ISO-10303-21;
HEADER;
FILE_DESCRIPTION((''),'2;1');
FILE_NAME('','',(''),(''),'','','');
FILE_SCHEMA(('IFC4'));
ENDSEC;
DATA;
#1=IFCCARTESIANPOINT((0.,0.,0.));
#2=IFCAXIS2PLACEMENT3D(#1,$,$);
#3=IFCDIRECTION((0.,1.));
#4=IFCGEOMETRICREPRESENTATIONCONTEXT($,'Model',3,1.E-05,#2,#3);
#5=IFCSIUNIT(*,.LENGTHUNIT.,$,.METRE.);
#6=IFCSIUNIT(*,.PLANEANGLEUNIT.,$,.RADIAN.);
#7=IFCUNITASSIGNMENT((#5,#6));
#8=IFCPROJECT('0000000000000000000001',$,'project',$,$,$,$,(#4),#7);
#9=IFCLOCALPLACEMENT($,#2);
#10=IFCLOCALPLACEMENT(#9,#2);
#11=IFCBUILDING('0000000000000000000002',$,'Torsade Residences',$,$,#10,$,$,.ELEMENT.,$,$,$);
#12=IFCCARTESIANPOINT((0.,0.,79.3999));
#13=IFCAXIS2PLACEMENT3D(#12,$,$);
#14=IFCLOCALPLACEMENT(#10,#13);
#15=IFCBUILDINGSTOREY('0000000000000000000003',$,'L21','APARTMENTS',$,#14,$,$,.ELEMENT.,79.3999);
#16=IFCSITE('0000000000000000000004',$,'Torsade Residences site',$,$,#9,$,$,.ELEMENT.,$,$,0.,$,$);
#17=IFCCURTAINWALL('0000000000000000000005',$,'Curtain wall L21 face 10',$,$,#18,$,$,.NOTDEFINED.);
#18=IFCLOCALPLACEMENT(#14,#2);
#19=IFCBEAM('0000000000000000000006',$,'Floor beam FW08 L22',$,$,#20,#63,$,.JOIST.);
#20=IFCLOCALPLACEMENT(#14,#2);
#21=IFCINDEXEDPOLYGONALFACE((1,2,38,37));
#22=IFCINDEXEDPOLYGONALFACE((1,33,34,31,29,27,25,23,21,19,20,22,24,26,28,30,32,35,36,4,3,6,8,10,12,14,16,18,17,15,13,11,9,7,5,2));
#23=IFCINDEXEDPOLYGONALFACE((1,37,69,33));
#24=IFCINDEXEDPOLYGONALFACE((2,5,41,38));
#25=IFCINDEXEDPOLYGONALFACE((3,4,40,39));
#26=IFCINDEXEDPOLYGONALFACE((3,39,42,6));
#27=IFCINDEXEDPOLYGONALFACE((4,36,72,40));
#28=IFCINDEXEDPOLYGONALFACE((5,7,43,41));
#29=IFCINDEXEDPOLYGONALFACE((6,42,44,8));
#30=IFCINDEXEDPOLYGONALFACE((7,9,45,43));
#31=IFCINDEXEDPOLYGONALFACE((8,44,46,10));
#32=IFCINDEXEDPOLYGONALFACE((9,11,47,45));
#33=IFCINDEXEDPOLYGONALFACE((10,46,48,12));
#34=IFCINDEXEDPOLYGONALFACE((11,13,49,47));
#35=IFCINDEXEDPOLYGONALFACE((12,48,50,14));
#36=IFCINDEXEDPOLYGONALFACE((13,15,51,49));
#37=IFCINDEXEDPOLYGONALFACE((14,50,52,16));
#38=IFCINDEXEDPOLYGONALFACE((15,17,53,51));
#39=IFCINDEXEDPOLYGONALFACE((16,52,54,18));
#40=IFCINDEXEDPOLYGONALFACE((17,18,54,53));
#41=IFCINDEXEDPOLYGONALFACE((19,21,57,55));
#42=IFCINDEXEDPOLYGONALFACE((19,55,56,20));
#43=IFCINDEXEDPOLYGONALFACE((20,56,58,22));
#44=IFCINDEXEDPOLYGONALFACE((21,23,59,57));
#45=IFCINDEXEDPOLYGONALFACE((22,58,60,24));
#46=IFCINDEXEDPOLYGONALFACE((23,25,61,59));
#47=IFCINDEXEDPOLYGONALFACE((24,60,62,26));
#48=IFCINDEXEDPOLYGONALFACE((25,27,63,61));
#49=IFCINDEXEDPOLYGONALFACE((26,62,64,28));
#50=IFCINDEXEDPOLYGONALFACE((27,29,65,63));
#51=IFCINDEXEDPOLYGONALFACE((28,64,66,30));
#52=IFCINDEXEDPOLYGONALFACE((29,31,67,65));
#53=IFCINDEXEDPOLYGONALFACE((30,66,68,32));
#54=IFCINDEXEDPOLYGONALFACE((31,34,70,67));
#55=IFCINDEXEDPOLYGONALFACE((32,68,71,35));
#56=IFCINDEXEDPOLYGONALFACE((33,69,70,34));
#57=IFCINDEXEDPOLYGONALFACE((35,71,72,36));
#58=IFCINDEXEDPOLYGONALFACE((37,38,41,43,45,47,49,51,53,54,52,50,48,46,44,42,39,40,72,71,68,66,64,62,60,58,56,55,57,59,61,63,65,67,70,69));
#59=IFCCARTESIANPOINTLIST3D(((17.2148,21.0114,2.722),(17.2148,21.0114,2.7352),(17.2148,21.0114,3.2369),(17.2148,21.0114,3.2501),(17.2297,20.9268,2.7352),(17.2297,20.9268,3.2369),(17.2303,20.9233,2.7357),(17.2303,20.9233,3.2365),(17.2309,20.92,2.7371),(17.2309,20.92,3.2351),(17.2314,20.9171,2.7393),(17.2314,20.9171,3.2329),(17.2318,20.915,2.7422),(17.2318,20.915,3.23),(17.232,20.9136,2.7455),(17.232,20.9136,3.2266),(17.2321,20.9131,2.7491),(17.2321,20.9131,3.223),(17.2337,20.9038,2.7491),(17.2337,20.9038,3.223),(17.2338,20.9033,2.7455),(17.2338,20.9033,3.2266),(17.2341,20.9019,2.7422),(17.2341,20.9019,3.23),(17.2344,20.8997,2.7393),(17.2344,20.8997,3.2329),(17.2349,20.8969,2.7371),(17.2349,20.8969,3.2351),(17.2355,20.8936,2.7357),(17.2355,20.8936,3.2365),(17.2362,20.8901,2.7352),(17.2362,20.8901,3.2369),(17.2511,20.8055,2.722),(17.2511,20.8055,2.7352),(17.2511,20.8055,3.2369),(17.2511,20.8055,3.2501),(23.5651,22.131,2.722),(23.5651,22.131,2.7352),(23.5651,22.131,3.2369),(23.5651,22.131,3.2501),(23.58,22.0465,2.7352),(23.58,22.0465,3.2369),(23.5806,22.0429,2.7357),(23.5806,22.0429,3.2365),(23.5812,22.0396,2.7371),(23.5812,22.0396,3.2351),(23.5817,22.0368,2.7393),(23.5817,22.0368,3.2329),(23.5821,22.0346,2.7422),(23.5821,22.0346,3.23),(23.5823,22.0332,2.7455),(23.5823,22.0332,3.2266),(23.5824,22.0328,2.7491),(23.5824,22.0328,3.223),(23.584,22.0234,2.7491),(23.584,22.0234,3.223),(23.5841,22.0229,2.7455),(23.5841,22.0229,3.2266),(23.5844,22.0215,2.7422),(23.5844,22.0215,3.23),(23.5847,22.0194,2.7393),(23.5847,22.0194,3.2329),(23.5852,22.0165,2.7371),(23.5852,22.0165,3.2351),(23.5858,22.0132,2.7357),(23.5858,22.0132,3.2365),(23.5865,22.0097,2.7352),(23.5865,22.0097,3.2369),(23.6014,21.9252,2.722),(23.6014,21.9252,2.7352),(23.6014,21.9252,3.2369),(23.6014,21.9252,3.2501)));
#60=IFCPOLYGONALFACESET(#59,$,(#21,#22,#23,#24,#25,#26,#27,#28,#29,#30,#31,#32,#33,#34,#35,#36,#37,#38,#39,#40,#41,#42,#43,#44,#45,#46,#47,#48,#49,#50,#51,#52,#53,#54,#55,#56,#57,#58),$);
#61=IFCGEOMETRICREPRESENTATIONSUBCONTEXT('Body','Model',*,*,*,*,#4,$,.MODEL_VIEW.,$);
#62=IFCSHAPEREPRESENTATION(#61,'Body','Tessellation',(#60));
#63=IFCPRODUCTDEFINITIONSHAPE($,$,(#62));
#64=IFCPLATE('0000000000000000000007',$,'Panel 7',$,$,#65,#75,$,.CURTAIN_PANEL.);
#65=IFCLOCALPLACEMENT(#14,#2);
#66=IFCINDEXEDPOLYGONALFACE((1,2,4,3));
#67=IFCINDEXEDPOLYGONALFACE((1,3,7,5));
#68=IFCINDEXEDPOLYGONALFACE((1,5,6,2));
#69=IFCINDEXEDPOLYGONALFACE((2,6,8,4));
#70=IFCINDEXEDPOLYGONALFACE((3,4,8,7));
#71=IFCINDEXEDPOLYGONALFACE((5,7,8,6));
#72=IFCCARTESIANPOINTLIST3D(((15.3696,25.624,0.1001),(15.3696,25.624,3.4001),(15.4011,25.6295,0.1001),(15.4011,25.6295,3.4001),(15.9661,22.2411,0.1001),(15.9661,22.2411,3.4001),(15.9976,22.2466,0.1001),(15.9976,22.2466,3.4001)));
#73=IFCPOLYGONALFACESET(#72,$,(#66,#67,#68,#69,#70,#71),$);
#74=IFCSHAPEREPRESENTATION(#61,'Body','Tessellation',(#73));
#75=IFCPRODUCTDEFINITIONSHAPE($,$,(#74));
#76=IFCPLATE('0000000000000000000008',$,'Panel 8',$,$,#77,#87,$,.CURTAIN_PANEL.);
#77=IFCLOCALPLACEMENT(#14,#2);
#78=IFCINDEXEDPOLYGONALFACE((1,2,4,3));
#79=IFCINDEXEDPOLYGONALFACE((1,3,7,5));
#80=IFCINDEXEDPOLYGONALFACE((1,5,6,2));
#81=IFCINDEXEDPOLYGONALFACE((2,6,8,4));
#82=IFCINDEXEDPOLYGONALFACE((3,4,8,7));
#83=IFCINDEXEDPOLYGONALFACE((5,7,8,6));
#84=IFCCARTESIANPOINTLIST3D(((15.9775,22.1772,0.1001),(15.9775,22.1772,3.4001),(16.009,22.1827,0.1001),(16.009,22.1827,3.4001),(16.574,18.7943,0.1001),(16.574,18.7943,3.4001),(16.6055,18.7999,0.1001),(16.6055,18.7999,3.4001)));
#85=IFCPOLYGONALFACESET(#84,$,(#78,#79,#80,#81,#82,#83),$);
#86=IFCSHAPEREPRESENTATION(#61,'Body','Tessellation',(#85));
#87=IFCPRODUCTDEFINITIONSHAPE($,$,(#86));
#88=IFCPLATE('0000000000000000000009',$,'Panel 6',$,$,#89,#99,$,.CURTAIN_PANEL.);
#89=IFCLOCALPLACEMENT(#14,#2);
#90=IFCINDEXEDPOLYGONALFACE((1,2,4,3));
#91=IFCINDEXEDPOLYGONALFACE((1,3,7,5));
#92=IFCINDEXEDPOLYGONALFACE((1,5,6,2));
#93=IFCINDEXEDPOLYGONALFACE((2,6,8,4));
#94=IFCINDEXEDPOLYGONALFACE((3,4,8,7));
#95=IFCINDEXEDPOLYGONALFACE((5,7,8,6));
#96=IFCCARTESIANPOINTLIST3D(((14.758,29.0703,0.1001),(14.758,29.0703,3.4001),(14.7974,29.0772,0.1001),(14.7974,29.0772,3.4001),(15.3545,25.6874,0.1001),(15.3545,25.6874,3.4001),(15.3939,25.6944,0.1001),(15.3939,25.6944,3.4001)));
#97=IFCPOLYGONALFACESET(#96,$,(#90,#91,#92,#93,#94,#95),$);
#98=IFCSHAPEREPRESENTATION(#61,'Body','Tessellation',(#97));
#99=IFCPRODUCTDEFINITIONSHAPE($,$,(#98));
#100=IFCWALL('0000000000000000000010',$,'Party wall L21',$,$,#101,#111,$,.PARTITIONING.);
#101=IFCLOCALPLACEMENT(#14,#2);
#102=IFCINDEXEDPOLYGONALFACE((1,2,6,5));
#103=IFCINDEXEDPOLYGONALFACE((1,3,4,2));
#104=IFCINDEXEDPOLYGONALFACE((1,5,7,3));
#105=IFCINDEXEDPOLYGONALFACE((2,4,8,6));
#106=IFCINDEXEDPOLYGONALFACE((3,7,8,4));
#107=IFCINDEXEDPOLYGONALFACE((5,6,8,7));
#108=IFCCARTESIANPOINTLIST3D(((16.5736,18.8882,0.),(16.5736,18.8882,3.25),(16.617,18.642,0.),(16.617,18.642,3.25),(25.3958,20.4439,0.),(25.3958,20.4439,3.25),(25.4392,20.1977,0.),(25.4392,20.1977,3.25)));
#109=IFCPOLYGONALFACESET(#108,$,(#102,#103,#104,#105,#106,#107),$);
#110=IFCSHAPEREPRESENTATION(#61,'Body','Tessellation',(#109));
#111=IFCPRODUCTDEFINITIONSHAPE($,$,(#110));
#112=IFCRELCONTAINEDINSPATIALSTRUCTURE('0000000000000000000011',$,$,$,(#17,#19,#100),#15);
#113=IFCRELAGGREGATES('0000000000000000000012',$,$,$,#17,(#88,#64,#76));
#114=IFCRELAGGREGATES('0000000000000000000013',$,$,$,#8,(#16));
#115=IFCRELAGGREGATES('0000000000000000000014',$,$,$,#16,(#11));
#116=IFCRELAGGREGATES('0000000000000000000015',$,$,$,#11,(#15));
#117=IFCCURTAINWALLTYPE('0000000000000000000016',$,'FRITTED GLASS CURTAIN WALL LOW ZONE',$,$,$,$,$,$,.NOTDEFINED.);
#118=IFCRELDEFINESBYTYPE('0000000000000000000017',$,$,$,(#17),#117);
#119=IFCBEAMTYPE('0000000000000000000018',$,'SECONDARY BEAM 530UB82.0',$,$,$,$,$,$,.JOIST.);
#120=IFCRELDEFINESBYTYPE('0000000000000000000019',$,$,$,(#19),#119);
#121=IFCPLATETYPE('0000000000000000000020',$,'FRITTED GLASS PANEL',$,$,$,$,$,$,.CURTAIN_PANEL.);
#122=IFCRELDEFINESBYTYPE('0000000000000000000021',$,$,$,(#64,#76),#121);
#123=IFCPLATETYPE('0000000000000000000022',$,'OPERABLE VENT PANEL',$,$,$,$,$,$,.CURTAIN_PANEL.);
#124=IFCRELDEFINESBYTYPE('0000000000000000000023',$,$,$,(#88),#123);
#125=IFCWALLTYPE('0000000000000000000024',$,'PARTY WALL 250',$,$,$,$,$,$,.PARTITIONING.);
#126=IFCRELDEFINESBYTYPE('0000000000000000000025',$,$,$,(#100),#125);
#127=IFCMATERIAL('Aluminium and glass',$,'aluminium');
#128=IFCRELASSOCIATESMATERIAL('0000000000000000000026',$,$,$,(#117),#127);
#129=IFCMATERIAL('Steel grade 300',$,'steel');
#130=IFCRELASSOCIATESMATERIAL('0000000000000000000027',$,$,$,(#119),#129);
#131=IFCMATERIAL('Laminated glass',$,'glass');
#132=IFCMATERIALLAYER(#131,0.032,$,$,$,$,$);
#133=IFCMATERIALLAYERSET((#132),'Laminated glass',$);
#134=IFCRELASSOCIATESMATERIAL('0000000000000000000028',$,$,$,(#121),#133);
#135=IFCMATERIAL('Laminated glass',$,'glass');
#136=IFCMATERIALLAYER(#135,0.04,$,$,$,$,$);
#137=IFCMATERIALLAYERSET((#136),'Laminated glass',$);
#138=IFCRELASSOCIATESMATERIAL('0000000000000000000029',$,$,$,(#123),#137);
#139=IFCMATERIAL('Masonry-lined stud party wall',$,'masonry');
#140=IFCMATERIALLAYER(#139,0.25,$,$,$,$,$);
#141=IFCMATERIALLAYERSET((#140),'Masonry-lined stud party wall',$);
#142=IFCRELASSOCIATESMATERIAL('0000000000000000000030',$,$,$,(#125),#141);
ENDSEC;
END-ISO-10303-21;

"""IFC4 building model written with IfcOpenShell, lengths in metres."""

from ifc_helpers import new_model, si_unit, direction, frame, frame_2d, origin, origin_2d, place, context, subcontext, project, spatial, rectangle, i_section, extrude, material, layer, layer_set, material_profile, profile_set, type_object, element, aggregate, save


model = new_model("IFC4")

# Units and contexts
model_context = context("Model", 3, precision=1e-05, world=origin(), true_north=direction((0.0, 1.0)))
body_context = subcontext(model_context, "Body", "Model", "MODEL_VIEW")
ifc_project = project(units=[si_unit("LENGTHUNIT", "METRE"), si_unit("PLANEANGLEUNIT", "RADIAN")], contexts=[model_context])

# Site, building, storey
site_placement = place(None, origin())
site = spatial("IfcSite", under=ifc_project, at=site_placement, Name="Torsade Residences site", CompositionType="ELEMENT", RefElevation=0.0)
building_placement = place(site_placement, origin())
building = spatial("IfcBuilding", under=site, at=building_placement, Name="Torsade Residences", CompositionType="ELEMENT")
storey_placement = place(building_placement, frame((0.0, 0.0, 79.3999)))
storey = spatial("IfcBuildingStorey", under=building, at=storey_placement, Name="L21", Description="APARTMENTS", CompositionType="ELEMENT", Elevation=79.3999)

# Curtain wall
ifc_material_1 = material(Name="Aluminium and glass", Category="aluminium")
curtain_wall_type = type_object("IfcCurtainWallType", Name="FRITTED GLASS CURTAIN WALL LOW ZONE", PredefinedType="NOTDEFINED", material=ifc_material_1)
curtain_wall_placement = place(storey_placement, origin())
curtain_wall = element("IfcCurtainWall", 1, at=curtain_wall_placement, inside=storey, type_object=curtain_wall_type, Name="Curtain wall L21 face 10", PredefinedType="NOTDEFINED")

# Beam
ifc_material_2 = material(Name="Steel grade 300", Category="steel")
ifc_material_profile_1 = material_profile(ifc_material_2, i_section(OverallWidth=0.209, OverallDepth=0.5281, WebThickness=0.0095, FlangeThickness=0.0132, FilletRadius=0.0139, at=origin_2d()), Name="530UB82.0")
ifc_profile_set_1 = profile_set([ifc_material_profile_1], Name="Steel grade 300")
beam_type_1 = type_object("IfcBeamType", Name="SECONDARY BEAM 530UB82.0", PredefinedType="JOIST", material=ifc_profile_set_1)
beam_1_placement = place(storey_placement, frame((17.2329, 20.9084, 2.9861), z_axis=(0.984811, 0.173632, 0.0), x_axis=(-0.173632, 0.984811, 0.0)))
element("IfcBeam", 2, at=beam_1_placement, inside=storey, type_object=beam_type_1, Name="Floor beam FW08 L22", PredefinedType="JOIST", context=body_context, shape_type="SweptSolid", body=[
    extrude(i_section(OverallWidth=0.209, OverallDepth=0.5281, WebThickness=0.0095, FlangeThickness=0.0132, FilletRadius=0.0139, at=origin_2d()), origin(), (0.0, 0.0, 1.0), 6.4482),
])

# Plates
ifc_material_3 = material(Name="Laminated glass", Category="glass")
ifc_layer_1 = layer(ifc_material_3, 0.032)
ifc_layer_set_1 = layer_set([ifc_layer_1], Name="Laminated glass")
plate_type_1 = type_object("IfcPlateType", Name="FRITTED GLASS PANEL", PredefinedType="CURTAIN_PANEL", material=ifc_layer_set_1)
plate_1_placement = place(storey_placement, frame((15.6836, 23.9353, 0.1001), z_axis=(0.0, 0.0, 1.0), x_axis=(0.173648, -0.984808, 0.0)))
plate_1 = element("IfcPlate", 3, at=plate_1_placement, type_object=plate_type_1, Name="Panel 7", PredefinedType="CURTAIN_PANEL", context=body_context, shape_type="SweptSolid", body=[
    extrude(rectangle(XDim=3.4351, YDim=0.032, at=origin_2d()), origin(), (0.0, 0.0, 1.0), 3.3),
])
plate_2_placement = place(storey_placement, frame((16.2915, 20.4885, 0.1001), z_axis=(0.0, 0.0, 1.0), x_axis=(0.173648, -0.984808, 0.0)))
plate_2 = element("IfcPlate", 4, at=plate_2_placement, type_object=plate_type_1, Name="Panel 8", PredefinedType="CURTAIN_PANEL", context=body_context, shape_type="SweptSolid", body=[
    extrude(rectangle(XDim=3.4351, YDim=0.032, at=origin_2d()), origin(), (0.0, 0.0, 1.0), 3.3),
])
ifc_material_4 = material(Name="Laminated glass", Category="glass")
ifc_layer_2 = layer(ifc_material_4, 0.04)
ifc_layer_set_2 = layer_set([ifc_layer_2], Name="Laminated glass")
plate_type_2 = type_object("IfcPlateType", Name="OPERABLE VENT PANEL", PredefinedType="CURTAIN_PANEL", material=ifc_layer_set_2)
plate_3_placement = place(storey_placement, frame((15.0759, 27.3823, 0.1001), z_axis=(0.0, 0.0, 1.0), x_axis=(0.173648, -0.984808, 0.0)))
plate_3 = element("IfcPlate", 5, at=plate_3_placement, type_object=plate_type_2, Name="Panel 6", PredefinedType="CURTAIN_PANEL", context=body_context, shape_type="SweptSolid", body=[
    extrude(rectangle(XDim=3.4351, YDim=0.04, at=origin_2d()), origin(), (0.0, 0.0, 1.0), 3.3),
])
aggregate(curtain_wall, [plate_3, plate_1, plate_2])

# Wall
ifc_material_5 = material(Name="Masonry-lined stud party wall", Category="masonry")
ifc_layer_3 = layer(ifc_material_5, 0.25)
ifc_layer_set_3 = layer_set([ifc_layer_3], Name="Masonry-lined stud party wall")
wall_type = type_object("IfcWallType", Name="PARTY WALL 250", PredefinedType="PARTITIONING", material=ifc_layer_set_3)
wall_placement = place(storey_placement, frame((16.5955, 18.7651, 0.0), z_axis=(0.0, 0.0, 1.0), x_axis=(0.984807, 0.173655, 0.0)))
element("IfcWall", 6, at=wall_placement, inside=storey, type_object=wall_type, Name="Party wall L21", PredefinedType="PARTITIONING", context=body_context, shape_type="SweptSolid", body=[
    extrude(rectangle(XDim=8.9583, YDim=0.25, at=frame_2d((4.479, 0.0))), origin(), (0.0, 0.0, 1.0), 3.25),
])

save(model, "model.ifc")
